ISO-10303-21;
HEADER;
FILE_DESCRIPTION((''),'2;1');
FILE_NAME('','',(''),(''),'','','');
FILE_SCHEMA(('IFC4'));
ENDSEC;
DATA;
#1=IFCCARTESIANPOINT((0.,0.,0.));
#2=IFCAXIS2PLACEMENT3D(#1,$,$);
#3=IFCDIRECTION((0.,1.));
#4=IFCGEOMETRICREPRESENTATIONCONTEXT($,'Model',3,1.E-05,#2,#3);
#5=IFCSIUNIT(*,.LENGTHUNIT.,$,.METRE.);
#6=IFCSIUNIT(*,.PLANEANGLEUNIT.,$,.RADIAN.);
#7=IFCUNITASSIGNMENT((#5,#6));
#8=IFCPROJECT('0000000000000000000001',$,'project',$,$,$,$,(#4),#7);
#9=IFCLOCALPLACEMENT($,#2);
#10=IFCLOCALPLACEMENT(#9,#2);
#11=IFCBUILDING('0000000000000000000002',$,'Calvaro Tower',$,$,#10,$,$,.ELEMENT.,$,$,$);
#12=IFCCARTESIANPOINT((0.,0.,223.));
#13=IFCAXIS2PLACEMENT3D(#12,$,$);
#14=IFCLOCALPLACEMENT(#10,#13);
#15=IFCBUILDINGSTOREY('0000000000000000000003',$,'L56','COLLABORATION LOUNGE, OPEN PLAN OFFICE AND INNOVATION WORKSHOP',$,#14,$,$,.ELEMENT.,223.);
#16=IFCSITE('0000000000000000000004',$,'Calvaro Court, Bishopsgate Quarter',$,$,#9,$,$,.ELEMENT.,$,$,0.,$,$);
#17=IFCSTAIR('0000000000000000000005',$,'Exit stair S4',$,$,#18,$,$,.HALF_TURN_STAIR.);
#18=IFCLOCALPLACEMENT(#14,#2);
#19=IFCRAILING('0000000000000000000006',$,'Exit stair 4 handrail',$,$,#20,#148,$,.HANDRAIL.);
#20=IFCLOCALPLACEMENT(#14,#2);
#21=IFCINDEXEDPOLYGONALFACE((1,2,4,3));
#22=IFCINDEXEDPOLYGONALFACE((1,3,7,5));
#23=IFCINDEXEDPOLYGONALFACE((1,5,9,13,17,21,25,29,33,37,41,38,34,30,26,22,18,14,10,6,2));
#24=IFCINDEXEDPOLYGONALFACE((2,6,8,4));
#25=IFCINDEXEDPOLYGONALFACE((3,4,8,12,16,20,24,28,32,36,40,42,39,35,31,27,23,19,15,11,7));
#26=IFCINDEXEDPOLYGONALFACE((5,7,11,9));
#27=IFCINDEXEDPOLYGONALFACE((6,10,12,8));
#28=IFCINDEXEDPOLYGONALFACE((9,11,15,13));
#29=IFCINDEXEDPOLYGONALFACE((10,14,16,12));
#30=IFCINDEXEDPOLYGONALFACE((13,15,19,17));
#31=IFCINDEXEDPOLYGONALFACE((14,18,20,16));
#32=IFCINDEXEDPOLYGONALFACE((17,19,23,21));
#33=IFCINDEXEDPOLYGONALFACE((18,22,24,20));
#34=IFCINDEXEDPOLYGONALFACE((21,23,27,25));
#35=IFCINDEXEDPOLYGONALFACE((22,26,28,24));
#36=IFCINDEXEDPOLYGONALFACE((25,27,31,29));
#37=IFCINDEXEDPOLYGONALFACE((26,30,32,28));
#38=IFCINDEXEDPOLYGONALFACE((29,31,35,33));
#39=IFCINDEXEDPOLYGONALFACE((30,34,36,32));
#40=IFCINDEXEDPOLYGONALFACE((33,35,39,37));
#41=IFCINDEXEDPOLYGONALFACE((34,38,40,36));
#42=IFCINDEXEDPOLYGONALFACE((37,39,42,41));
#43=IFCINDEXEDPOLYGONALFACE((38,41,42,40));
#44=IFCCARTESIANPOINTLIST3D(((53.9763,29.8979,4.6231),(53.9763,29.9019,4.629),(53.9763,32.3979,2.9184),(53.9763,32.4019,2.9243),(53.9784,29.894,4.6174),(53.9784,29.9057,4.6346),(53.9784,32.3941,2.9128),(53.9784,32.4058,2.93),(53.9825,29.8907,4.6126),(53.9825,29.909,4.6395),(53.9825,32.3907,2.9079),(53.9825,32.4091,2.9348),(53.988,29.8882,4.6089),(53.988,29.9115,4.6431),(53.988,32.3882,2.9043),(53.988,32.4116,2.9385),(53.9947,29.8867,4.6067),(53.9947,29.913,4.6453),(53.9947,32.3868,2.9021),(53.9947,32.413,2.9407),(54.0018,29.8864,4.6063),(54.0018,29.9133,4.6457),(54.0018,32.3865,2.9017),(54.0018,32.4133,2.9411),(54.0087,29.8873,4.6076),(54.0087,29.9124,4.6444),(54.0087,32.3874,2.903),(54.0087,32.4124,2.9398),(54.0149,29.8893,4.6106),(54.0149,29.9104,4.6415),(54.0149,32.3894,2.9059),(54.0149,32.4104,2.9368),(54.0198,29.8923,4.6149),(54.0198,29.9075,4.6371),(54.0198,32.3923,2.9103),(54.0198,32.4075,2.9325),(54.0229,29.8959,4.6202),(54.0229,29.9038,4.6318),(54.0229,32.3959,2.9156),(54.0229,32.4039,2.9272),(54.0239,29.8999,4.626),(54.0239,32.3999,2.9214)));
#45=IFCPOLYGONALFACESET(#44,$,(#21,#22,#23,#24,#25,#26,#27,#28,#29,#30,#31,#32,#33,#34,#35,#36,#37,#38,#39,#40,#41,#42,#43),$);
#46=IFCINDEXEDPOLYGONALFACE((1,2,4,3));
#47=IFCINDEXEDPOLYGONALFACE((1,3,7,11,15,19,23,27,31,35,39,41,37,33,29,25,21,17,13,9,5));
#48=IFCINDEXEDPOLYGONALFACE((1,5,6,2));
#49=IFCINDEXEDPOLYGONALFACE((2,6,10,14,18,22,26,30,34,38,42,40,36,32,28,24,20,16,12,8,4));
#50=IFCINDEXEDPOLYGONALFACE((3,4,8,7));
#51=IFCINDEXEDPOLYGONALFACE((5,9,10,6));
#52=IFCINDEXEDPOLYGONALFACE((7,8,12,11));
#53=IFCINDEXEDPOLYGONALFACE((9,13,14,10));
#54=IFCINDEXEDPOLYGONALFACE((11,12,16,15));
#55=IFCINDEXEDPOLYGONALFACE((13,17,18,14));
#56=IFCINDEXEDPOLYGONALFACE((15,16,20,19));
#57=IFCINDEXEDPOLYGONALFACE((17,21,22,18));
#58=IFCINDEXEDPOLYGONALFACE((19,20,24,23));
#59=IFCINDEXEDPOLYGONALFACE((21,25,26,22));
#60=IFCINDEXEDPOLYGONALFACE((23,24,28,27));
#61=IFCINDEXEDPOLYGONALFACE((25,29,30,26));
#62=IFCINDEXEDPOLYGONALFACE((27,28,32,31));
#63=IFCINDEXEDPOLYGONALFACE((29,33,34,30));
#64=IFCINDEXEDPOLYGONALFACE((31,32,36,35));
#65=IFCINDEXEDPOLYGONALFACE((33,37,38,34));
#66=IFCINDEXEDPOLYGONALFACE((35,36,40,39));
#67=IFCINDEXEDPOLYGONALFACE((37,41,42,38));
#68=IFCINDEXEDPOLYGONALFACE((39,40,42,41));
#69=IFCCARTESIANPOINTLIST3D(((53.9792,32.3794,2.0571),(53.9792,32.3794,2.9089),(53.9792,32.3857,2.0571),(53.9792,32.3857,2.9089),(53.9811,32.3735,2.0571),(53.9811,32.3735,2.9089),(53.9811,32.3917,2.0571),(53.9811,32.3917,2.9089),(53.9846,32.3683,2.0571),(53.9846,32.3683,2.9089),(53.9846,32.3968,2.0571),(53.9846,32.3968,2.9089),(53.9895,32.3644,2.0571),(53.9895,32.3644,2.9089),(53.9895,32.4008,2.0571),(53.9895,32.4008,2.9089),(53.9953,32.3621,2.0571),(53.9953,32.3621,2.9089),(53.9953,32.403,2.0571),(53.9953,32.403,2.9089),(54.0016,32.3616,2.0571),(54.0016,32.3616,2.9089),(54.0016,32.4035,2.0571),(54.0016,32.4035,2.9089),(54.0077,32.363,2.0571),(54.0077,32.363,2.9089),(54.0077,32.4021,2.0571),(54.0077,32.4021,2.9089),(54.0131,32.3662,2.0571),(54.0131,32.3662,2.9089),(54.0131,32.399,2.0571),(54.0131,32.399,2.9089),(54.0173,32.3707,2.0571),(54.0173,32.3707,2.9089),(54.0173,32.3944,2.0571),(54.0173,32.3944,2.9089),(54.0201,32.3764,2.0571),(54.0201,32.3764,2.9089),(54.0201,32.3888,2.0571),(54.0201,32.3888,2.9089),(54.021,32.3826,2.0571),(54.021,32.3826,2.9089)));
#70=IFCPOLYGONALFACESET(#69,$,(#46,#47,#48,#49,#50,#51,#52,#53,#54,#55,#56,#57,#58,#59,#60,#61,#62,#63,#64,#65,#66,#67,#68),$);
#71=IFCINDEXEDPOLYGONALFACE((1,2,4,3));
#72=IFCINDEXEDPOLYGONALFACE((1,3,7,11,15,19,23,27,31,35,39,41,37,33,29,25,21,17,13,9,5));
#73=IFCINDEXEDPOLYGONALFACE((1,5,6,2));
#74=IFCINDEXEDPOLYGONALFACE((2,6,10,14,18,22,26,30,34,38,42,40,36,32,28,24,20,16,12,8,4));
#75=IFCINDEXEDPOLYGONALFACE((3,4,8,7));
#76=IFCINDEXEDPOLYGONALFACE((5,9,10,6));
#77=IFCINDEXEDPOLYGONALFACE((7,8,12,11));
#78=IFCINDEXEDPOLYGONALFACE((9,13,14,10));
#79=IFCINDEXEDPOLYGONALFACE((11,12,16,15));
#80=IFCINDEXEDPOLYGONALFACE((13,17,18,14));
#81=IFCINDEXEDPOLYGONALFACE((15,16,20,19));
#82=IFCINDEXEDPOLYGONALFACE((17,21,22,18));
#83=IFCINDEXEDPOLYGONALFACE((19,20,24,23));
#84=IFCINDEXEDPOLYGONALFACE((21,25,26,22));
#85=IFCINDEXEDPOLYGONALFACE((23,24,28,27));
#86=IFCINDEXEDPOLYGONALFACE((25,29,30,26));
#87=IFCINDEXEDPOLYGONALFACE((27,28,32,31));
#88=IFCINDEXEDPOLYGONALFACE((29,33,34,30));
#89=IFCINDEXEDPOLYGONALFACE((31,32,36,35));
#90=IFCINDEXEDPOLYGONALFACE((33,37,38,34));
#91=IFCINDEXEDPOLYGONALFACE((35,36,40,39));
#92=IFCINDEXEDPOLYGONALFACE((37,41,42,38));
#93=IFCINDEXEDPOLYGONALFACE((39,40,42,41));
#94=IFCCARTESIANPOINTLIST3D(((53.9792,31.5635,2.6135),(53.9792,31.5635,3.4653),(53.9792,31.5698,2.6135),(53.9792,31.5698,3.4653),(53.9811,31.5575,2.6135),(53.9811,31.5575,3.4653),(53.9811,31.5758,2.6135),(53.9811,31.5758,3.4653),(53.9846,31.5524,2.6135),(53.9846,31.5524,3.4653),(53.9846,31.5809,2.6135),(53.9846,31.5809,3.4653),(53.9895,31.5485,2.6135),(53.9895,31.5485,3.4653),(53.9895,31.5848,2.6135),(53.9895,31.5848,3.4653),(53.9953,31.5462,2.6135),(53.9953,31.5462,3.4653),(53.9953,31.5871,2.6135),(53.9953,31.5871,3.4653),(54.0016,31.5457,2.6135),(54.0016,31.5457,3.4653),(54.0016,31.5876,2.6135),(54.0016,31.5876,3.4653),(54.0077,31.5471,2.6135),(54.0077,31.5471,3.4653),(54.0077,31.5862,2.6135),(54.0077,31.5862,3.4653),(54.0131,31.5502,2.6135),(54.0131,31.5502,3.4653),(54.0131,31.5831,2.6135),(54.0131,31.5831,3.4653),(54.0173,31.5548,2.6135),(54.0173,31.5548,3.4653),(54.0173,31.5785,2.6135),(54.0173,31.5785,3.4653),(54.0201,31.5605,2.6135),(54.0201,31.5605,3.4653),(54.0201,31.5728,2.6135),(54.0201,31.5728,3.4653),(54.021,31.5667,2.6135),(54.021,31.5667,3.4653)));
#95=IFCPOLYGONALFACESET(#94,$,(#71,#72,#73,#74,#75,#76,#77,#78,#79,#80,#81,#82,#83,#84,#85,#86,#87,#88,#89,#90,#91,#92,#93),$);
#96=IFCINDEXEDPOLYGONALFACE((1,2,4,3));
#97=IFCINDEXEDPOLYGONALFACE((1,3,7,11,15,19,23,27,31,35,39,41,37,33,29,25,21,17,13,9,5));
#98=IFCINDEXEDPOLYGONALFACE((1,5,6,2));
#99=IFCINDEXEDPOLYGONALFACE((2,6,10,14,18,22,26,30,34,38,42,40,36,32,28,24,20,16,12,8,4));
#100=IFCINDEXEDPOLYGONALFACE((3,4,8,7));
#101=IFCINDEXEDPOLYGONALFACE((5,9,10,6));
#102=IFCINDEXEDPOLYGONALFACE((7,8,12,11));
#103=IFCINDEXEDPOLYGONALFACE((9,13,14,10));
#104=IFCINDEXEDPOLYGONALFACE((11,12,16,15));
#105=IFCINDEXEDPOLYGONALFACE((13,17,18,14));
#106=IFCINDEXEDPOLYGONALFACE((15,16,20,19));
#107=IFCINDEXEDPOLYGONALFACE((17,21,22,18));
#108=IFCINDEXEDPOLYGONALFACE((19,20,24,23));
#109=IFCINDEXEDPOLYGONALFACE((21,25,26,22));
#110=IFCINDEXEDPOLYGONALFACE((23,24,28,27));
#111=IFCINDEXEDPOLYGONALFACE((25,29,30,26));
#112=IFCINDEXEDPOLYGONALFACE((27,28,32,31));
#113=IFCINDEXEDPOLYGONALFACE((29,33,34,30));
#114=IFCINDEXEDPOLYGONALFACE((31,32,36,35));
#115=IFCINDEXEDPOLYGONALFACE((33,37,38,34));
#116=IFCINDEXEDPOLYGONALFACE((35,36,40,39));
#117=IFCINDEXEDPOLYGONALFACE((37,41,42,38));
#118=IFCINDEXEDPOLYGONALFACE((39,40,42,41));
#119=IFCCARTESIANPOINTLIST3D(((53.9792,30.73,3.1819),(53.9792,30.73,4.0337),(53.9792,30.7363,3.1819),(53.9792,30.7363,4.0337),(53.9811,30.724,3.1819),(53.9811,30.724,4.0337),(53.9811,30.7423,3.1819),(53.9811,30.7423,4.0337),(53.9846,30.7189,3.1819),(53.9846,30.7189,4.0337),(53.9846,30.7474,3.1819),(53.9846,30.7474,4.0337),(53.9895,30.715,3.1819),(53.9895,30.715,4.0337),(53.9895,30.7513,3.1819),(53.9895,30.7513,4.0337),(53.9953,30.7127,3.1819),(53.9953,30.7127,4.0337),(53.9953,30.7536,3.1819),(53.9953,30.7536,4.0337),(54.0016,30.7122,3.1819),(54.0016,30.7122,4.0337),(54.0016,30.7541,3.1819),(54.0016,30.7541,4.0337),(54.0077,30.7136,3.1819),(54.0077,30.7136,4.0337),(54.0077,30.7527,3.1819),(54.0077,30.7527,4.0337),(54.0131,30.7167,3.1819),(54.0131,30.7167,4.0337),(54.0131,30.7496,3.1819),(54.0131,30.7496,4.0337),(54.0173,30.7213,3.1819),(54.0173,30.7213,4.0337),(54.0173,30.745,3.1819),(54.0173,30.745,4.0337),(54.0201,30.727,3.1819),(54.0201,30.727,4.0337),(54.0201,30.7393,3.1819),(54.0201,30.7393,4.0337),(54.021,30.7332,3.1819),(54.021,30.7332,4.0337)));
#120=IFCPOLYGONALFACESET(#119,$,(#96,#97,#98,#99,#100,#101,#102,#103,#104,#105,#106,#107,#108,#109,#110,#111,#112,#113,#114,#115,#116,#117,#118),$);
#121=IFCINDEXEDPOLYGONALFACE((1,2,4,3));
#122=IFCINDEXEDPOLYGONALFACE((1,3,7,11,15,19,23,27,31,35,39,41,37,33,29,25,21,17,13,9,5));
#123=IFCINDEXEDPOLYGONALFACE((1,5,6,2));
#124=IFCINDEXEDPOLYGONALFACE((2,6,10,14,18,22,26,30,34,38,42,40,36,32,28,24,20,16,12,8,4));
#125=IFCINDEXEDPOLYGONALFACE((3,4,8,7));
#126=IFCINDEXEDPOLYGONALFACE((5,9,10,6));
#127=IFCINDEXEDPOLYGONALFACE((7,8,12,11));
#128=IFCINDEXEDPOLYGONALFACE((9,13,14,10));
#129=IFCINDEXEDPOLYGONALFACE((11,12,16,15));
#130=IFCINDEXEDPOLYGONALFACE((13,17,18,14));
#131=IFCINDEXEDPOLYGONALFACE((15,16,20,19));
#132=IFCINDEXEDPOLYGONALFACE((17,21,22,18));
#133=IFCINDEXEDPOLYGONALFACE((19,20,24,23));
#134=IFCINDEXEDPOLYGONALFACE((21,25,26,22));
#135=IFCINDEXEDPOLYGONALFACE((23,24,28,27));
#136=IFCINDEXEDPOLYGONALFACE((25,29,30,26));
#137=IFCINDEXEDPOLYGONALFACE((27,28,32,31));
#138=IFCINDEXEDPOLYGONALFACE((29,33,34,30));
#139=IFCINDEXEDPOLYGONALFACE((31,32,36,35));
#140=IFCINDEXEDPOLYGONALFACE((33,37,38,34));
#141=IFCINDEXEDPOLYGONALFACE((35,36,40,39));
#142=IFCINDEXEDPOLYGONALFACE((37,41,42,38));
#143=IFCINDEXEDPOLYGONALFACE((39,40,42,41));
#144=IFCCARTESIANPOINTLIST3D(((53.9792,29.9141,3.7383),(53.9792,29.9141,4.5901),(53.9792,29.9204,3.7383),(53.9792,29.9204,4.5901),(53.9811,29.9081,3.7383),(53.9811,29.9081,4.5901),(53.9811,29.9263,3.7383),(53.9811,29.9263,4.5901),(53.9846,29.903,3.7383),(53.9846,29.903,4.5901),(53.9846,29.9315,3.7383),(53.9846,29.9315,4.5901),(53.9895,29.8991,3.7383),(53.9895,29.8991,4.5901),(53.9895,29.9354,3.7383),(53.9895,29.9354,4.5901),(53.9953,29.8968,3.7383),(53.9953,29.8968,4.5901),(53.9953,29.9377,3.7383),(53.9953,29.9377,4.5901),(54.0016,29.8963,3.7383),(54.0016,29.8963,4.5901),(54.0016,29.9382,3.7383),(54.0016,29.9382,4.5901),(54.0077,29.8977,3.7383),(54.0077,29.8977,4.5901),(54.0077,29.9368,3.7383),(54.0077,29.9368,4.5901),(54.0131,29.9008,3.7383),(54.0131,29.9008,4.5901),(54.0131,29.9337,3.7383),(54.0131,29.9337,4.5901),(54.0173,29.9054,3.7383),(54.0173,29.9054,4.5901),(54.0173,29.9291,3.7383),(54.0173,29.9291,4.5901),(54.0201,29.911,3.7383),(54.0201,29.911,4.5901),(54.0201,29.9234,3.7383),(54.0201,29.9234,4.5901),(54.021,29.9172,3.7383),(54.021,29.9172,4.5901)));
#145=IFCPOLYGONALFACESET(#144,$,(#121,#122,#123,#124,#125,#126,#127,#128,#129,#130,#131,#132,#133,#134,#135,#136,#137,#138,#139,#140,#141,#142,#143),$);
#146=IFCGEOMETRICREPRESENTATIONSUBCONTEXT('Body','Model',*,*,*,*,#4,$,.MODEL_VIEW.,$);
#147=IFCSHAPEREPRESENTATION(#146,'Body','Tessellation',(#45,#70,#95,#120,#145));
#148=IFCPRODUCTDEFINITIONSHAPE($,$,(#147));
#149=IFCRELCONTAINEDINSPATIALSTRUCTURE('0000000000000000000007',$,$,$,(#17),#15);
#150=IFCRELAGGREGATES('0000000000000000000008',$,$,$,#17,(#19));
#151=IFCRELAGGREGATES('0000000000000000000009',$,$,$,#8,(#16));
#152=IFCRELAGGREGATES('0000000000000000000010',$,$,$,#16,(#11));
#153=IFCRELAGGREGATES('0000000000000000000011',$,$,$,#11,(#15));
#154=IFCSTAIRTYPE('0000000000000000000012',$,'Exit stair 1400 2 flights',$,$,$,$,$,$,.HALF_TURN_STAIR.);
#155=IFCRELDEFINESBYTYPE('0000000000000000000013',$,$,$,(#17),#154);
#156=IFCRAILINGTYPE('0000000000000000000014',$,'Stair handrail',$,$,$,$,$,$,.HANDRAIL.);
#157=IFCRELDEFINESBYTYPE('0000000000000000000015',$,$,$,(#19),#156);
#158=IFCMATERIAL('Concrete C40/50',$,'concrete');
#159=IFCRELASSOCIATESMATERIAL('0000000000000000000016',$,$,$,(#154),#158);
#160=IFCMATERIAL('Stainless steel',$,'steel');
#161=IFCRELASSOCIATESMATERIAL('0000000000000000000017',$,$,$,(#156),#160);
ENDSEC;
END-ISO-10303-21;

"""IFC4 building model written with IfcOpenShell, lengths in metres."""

from ifc_helpers import new_model, si_unit, direction, frame, origin, origin_2d, place, context, subcontext, project, spatial, circle, extrude, material, type_object, element, aggregate, save


model = new_model("IFC4")

# Units and contexts
model_context = context("Model", 3, precision=1e-05, world=origin(), true_north=direction((0.0, 1.0)))
body_context = subcontext(model_context, "Body", "Model", "MODEL_VIEW")
ifc_project = project(units=[si_unit("LENGTHUNIT", "METRE"), si_unit("PLANEANGLEUNIT", "RADIAN")], contexts=[model_context])

# Site, building, storey
site_placement = place(None, origin())
site = spatial("IfcSite", under=ifc_project, at=site_placement, Name="Calvaro Court, Bishopsgate Quarter", CompositionType="ELEMENT", RefElevation=0.0)
building_placement = place(site_placement, origin())
building = spatial("IfcBuilding", under=site, at=building_placement, Name="Calvaro Tower", CompositionType="ELEMENT")
storey_placement = place(building_placement, frame((0.0, 0.0, 223.0)))
storey = spatial("IfcBuildingStorey", under=building, at=storey_placement, Name="L56", Description="COLLABORATION LOUNGE, OPEN PLAN OFFICE AND INNOVATION WORKSHOP", CompositionType="ELEMENT", Elevation=223.0)

# Stair
ifc_material_1 = material(Name="Concrete C40/50", Category="concrete")
stair_type = type_object("IfcStairType", Name="Exit stair 1400 2 flights", PredefinedType="HALF_TURN_STAIR", material=ifc_material_1)
stair_1_placement = place(storey_placement, origin())
stair_1 = element("IfcStair", 1, at=stair_1_placement, inside=storey, type_object=stair_type, Name="Exit stair S4", PredefinedType="HALF_TURN_STAIR")

# Railing
ifc_material_2 = material(Name="Stainless steel", Category="steel")
railing_type = type_object("IfcRailingType", Name="Stair handrail", PredefinedType="HANDRAIL", material=ifc_material_2)
railing_1_placement = place(storey_placement, frame((54.0, 32.3999, 2.0454)))
railing_1 = element("IfcRailing", 2, at=railing_1_placement, type_object=railing_type, Name="Exit stair 4 handrail", PredefinedType="HANDRAIL", context=body_context, shape_type="SweptSolid", body=[
    extrude(circle(Radius=0.0239, at=origin_2d()), frame((0.0, 0.0, 0.876), z_axis=(0.0, -0.826221, 0.563347), x_axis=(1.0, 0.0, 0.0)), (0.0, 0.0, 1.0), 3.0259),
    extrude(circle(Radius=0.021, at=origin_2d()), frame((0.0, -0.0173, 0.0117)), (0.0, 0.0, 1.0), 0.8518),
    extrude(circle(Radius=0.021, at=origin_2d()), frame((0.0, -0.8333, 0.5681)), (0.0, 0.0, 1.0), 0.8518),
    extrude(circle(Radius=0.021, at=origin_2d()), frame((0.0, -1.6667, 1.1365)), (0.0, 0.0, 1.0), 0.8518),
    extrude(circle(Radius=0.021, at=origin_2d()), frame((0.0, -2.4827, 1.6929)), (0.0, 0.0, 1.0), 0.8518),
])
aggregate(stair_1, [railing_1])

save(model, "model.ifc")
